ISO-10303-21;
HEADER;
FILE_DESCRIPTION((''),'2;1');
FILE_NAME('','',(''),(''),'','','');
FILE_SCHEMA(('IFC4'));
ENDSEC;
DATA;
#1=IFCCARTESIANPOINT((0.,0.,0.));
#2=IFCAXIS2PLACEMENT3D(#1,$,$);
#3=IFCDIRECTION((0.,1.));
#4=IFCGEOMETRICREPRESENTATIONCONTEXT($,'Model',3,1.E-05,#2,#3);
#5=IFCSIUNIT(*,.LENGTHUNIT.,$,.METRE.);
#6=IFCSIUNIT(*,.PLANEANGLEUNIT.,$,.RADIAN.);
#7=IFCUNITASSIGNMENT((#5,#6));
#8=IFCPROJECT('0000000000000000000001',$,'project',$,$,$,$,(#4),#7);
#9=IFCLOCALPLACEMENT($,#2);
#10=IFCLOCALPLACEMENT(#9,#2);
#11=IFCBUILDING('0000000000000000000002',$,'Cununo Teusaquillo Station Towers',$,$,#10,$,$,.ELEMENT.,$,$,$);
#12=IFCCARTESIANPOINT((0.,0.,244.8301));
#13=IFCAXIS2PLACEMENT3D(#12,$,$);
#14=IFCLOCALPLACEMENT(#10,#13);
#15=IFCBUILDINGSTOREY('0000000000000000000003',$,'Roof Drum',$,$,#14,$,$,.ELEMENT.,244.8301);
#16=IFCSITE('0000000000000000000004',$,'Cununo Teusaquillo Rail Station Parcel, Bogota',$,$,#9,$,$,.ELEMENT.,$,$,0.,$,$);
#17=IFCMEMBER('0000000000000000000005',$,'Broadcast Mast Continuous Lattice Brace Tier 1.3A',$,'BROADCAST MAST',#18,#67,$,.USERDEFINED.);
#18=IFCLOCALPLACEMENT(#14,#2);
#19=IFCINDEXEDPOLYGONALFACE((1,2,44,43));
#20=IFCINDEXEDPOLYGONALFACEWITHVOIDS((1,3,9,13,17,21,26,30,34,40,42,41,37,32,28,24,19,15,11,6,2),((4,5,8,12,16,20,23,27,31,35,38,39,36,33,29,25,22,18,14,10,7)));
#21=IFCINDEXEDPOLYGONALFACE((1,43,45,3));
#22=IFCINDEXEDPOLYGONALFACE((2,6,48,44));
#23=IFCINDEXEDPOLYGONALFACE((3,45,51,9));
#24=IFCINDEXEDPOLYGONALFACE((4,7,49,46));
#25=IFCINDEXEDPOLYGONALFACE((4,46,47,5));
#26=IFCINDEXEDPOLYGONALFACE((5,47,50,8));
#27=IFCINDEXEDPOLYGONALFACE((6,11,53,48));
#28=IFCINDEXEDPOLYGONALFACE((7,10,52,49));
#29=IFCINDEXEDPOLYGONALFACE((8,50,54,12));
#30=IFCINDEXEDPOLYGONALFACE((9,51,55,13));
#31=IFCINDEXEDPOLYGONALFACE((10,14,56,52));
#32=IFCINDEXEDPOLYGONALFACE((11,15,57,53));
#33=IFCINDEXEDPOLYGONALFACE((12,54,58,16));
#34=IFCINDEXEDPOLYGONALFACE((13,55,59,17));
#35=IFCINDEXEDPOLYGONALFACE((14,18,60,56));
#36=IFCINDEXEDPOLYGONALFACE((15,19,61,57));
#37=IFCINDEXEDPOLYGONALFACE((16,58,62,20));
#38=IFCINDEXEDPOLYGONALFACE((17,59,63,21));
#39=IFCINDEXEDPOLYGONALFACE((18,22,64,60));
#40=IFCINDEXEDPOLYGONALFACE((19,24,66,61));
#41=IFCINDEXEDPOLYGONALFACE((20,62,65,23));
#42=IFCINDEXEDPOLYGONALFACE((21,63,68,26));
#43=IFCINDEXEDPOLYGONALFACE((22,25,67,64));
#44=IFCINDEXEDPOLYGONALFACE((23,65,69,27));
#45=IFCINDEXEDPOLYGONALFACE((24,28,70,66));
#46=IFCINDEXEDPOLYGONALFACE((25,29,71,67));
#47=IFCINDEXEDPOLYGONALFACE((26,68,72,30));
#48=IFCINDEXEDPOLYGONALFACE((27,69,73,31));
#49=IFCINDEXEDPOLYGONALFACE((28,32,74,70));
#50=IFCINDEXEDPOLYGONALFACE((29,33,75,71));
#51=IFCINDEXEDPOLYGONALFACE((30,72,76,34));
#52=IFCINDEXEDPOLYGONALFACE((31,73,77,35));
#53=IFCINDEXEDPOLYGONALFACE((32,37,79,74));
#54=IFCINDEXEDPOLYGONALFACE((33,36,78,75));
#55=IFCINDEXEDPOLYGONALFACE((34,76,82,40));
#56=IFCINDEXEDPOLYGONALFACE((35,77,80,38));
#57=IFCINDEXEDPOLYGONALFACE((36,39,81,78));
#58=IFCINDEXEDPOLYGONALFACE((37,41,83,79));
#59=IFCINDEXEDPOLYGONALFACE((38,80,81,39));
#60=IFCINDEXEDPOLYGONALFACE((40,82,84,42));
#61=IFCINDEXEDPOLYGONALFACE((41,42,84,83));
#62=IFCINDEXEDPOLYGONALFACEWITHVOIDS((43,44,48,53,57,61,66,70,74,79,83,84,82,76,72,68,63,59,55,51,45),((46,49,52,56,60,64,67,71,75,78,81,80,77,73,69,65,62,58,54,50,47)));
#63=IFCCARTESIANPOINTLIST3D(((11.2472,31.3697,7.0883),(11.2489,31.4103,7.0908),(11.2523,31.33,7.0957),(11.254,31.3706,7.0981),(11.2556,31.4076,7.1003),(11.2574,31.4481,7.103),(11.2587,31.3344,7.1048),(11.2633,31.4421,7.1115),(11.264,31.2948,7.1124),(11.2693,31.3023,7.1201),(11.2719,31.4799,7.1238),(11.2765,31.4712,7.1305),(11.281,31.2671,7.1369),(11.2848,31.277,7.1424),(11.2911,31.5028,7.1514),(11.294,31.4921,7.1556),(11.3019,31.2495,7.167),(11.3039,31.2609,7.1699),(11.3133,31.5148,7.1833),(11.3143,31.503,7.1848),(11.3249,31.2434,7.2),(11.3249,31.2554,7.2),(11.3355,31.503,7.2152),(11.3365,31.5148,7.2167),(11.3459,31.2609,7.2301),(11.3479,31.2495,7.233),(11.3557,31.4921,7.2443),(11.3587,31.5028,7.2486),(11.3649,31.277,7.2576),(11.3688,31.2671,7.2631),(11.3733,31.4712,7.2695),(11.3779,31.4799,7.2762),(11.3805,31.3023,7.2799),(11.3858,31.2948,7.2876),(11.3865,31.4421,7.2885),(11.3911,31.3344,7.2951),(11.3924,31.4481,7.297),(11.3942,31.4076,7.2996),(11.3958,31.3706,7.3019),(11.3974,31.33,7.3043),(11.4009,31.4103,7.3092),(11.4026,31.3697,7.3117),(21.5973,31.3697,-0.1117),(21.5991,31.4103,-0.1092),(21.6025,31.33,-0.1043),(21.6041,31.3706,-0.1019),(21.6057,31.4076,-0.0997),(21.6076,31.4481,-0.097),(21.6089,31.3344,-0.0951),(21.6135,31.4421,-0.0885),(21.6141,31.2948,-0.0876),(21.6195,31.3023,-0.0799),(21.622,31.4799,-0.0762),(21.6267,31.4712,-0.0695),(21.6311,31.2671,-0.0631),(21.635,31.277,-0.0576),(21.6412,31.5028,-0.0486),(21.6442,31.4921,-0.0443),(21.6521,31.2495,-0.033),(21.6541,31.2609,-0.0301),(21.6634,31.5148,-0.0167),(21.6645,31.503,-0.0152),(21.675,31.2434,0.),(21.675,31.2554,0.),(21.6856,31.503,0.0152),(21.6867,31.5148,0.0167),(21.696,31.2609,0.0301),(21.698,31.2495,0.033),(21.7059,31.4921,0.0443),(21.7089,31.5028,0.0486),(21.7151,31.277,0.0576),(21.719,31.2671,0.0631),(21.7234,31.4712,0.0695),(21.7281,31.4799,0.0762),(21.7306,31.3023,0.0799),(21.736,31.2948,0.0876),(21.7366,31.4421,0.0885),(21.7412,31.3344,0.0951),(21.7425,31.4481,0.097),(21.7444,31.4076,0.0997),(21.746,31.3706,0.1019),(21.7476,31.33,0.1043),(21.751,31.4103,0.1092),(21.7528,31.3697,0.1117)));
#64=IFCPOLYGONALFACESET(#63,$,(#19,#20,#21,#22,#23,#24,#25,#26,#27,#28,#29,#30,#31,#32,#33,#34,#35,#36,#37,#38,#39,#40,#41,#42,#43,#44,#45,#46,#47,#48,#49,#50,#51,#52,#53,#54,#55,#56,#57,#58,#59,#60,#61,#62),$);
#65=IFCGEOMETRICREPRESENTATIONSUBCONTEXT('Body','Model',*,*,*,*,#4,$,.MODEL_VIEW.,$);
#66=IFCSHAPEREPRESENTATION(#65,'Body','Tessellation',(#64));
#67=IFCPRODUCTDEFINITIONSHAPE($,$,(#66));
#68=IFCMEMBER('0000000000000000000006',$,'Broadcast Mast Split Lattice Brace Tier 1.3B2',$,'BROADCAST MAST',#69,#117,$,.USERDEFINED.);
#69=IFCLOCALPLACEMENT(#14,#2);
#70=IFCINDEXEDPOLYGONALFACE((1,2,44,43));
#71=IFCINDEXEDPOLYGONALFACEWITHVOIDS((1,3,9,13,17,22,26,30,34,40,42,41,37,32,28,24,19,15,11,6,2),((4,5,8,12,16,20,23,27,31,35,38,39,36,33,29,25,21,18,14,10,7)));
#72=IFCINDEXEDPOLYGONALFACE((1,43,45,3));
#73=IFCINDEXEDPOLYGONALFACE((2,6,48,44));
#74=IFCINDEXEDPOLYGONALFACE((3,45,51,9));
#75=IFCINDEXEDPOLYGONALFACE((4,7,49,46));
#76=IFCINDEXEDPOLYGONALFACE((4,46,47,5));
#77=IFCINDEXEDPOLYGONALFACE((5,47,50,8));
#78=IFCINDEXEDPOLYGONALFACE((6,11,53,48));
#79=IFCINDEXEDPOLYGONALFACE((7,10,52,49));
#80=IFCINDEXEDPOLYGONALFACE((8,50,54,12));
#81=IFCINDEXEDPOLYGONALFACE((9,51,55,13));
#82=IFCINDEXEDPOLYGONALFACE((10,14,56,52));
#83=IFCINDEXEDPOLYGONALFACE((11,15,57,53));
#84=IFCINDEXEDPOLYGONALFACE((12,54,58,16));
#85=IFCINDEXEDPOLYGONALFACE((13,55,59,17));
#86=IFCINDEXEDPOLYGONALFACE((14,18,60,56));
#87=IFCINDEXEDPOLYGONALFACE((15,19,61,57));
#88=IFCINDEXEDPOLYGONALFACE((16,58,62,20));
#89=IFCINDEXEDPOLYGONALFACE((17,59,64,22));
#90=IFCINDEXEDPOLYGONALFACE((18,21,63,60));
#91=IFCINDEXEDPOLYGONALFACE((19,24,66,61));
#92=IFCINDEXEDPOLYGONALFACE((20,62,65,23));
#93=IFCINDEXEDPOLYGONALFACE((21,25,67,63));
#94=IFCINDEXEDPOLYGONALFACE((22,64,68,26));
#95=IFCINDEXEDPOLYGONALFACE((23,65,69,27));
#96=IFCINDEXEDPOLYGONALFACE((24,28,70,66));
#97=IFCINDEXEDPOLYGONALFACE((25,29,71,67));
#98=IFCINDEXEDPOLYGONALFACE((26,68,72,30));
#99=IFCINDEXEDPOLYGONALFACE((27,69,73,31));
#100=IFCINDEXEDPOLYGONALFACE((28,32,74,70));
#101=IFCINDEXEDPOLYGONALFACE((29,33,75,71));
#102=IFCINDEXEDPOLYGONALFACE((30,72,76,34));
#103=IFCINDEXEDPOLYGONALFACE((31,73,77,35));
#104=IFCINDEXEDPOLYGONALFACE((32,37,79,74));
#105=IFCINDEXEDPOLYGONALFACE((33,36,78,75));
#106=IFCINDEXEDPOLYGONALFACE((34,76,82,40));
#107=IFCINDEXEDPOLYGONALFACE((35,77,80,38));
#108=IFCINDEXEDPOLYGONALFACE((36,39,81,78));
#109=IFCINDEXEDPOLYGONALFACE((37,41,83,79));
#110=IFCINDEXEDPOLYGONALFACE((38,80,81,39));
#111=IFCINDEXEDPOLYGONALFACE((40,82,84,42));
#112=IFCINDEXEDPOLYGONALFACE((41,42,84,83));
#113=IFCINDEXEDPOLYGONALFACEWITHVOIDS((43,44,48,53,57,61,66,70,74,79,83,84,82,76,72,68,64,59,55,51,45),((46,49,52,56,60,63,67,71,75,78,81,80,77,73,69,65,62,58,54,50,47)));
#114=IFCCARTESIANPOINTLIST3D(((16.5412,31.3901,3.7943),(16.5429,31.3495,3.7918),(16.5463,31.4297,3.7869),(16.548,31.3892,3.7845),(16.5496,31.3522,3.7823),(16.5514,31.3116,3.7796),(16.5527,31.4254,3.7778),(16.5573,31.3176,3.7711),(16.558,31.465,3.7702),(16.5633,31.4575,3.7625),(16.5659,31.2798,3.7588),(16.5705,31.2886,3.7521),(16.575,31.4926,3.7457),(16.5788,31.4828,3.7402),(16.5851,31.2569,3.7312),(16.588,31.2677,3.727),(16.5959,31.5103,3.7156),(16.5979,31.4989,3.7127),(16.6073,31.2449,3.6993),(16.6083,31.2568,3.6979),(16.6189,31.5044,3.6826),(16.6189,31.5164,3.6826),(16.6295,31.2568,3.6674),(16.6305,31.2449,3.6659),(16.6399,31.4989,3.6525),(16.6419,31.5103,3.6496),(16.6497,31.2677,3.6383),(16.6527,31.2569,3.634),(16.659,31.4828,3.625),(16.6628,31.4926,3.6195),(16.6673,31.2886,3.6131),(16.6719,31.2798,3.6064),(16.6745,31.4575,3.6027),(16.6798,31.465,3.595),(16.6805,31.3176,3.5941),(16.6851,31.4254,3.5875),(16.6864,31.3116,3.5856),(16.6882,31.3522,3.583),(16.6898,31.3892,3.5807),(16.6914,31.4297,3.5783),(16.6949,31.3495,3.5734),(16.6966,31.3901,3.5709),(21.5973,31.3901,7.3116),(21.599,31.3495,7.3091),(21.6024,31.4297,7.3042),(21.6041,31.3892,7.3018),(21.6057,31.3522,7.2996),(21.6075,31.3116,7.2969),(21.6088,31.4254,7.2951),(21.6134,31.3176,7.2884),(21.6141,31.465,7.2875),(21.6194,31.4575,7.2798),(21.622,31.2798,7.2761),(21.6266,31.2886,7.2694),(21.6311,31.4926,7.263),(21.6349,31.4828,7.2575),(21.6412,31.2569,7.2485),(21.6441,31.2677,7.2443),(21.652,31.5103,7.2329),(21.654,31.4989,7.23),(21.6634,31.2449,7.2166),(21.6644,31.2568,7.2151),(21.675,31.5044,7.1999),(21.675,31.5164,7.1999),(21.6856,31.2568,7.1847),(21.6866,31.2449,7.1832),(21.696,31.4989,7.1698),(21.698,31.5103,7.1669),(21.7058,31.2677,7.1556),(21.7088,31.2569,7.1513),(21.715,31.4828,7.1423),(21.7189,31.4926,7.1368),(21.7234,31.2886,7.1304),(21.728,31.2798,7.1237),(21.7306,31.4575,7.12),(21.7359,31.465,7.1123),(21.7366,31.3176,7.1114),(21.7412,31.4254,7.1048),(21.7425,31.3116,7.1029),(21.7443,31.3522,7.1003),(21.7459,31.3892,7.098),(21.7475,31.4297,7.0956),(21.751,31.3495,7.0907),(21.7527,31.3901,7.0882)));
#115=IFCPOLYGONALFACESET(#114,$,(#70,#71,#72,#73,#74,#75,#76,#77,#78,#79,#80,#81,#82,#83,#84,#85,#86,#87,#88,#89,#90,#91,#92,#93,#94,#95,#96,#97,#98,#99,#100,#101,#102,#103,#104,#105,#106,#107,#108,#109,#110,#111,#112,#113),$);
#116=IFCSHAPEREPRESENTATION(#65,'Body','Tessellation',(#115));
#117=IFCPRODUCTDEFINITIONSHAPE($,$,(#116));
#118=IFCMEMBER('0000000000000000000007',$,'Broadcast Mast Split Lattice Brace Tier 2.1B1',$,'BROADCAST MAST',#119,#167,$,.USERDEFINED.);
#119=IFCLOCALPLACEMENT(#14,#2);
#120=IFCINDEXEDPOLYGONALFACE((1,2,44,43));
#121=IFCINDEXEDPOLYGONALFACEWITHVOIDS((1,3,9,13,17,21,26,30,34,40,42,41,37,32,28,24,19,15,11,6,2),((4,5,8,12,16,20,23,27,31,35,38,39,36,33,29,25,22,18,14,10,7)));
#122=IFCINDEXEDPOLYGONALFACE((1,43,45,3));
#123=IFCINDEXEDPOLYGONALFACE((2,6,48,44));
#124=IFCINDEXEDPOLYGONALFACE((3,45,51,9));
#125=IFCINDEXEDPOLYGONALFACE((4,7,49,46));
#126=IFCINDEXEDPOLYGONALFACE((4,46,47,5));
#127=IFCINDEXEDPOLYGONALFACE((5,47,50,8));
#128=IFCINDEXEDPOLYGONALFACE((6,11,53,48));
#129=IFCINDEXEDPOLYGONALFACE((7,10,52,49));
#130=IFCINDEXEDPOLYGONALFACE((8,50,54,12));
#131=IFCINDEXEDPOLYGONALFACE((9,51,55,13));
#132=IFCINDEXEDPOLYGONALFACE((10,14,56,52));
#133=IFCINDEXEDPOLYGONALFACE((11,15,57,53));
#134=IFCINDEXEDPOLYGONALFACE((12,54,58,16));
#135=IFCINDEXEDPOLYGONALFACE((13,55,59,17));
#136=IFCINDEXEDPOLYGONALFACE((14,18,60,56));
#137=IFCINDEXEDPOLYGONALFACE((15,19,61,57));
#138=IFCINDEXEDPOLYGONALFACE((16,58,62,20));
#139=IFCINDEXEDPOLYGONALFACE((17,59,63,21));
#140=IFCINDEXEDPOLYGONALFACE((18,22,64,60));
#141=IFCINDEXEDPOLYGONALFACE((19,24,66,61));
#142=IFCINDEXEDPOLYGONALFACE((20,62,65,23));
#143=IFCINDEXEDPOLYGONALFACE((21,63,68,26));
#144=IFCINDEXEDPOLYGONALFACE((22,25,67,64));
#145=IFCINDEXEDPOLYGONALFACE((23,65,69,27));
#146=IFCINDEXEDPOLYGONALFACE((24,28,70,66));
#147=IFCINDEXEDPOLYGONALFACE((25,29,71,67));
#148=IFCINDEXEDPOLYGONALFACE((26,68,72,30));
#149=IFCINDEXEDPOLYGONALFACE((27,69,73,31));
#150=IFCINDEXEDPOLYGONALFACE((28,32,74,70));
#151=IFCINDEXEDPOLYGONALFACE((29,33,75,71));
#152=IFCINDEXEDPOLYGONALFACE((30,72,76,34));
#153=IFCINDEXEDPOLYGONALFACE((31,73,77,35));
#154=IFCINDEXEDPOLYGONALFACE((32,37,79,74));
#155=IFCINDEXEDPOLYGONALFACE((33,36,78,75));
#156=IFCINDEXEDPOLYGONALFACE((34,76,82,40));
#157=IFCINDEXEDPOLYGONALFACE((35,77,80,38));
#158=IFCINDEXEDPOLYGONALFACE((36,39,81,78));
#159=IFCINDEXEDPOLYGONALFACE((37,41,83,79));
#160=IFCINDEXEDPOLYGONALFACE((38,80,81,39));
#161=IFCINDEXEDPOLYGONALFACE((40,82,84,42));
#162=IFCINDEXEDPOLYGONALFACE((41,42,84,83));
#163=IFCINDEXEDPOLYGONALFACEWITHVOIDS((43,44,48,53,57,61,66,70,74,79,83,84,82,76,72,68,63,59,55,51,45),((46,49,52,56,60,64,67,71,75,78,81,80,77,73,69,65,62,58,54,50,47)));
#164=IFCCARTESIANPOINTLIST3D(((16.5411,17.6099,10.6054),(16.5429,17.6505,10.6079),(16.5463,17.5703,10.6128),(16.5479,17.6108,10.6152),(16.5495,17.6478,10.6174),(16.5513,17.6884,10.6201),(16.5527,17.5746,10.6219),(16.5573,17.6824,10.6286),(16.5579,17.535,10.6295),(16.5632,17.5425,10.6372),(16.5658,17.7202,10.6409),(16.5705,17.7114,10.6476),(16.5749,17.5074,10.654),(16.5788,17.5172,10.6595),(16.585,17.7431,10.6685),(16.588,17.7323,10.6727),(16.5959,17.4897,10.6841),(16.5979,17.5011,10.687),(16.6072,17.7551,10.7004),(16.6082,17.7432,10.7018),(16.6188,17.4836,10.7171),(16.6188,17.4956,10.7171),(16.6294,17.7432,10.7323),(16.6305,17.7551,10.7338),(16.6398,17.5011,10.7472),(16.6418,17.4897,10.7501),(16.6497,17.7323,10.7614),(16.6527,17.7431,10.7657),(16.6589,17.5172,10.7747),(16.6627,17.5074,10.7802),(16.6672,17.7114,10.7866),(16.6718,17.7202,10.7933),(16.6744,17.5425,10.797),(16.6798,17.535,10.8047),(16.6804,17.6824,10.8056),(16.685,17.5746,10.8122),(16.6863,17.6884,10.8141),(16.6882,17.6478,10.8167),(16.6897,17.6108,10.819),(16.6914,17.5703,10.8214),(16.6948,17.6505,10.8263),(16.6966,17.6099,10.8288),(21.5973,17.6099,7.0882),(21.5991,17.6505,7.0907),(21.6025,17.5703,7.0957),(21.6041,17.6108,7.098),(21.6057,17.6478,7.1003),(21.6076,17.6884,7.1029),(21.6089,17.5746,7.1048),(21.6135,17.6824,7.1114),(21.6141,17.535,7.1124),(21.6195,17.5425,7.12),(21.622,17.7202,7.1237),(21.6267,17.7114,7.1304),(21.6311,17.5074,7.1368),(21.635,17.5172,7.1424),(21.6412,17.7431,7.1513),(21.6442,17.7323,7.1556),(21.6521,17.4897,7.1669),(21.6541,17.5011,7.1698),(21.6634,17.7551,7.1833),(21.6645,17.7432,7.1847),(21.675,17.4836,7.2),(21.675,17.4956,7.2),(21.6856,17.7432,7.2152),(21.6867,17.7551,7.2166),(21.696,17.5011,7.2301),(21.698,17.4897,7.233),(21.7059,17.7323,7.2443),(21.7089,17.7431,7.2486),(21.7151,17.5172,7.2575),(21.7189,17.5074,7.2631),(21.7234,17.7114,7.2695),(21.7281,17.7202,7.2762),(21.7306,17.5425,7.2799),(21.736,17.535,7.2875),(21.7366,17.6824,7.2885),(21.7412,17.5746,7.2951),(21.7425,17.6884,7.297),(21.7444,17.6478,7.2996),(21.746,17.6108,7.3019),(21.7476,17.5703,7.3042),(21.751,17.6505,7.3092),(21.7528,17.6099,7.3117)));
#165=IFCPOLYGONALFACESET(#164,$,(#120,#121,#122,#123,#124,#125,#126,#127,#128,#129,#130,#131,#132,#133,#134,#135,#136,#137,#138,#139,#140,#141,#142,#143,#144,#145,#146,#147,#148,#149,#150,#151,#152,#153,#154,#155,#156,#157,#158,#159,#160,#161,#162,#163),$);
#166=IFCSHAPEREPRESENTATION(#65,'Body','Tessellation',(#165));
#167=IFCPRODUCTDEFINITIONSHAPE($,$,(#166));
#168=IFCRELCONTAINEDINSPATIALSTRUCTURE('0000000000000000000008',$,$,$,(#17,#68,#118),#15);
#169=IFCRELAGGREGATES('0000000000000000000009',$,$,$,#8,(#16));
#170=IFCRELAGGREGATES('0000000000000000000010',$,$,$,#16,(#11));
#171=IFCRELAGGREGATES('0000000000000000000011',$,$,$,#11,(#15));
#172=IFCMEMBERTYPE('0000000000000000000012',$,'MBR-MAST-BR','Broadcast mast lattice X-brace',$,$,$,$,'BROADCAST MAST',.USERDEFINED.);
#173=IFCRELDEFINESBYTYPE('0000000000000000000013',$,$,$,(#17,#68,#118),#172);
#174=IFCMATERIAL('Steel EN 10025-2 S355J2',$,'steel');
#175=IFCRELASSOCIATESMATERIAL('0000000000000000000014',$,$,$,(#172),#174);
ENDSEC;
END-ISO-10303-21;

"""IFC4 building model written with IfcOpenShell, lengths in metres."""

from ifc_helpers import new_model, si_unit, direction, frame, origin, origin_2d, place, context, subcontext, project, spatial, hollow_circle, extrude, material, material_profile, profile_set, type_object, element, save


model = new_model("IFC4")

# Units and contexts
model_context = context("Model", 3, precision=1e-05, world=origin(), true_north=direction((0.0, 1.0)))
body_context = subcontext(model_context, "Body", "Model", "MODEL_VIEW")
ifc_project = project(units=[si_unit("LENGTHUNIT", "METRE"), si_unit("PLANEANGLEUNIT", "RADIAN")], contexts=[model_context])

# Site, building, storey
site_placement = place(None, origin())
site = spatial("IfcSite", under=ifc_project, at=site_placement, Name="Cununo Teusaquillo Rail Station Parcel, Bogota", CompositionType="ELEMENT", RefElevation=0.0)
building_placement = place(site_placement, origin())
building = spatial("IfcBuilding", under=site, at=building_placement, Name="Cununo Teusaquillo Station Towers", CompositionType="ELEMENT")
storey_placement = place(building_placement, frame((0.0, 0.0, 244.8301)))
storey = spatial("IfcBuildingStorey", under=building, at=storey_placement, Name="Roof Drum", CompositionType="ELEMENT", Elevation=244.8301)

# Members
ifc_material_1 = material(Name="Steel EN 10025-2 S355J2", Category="steel")
ifc_material_profile_1 = material_profile(ifc_material_1, hollow_circle(Radius=0.1365, WallThickness=0.012, at=origin_2d()), Name="CHS 273x12")
ifc_profile_set_1 = profile_set([ifc_material_profile_1], Name="Steel EN 10025-2 S355J2")
member_type = type_object("IfcMemberType", Name="MBR-MAST-BR", Description="Broadcast mast lattice X-brace", ElementType="BROADCAST MAST", PredefinedType="USERDEFINED", material=ifc_profile_set_1)
member_1_placement = place(storey_placement, frame((21.675, 31.3799, 0.0), z_axis=(-0.82091, 0.0, 0.571058), x_axis=(0.0, -1.0, 0.0)))
element("IfcMember", 1, at=member_1_placement, inside=storey, type_object=member_type, Name="Broadcast Mast Continuous Lattice Brace Tier 1.3A", ObjectType="BROADCAST MAST", PredefinedType="USERDEFINED", context=body_context, shape_type="SweptSolid", body=[
    extrude(hollow_circle(Radius=0.1365, WallThickness=0.012, at=origin_2d()), origin(), (0.0, 0.0, 1.0), 12.6082),
])
for number, where, z_axis, x_axis, name in (
    (2, (16.6189, 31.3799, 3.6826), (0.820904, 0.0, 0.571066), (0.0, 1.0, 0.0), "Broadcast Mast Split Lattice Brace Tier 1.3B2"),
    (3, (21.675, 17.6201, 7.2), (-0.820923, 0.0, 0.571039), (0.0, -1.0, 0.0), "Broadcast Mast Split Lattice Brace Tier 2.1B1"),
):
    element("IfcMember", number, at=place(storey_placement, frame(where, z_axis=z_axis, x_axis=x_axis)), inside=storey, type_object=member_type, Name=name, ObjectType="BROADCAST MAST", PredefinedType="USERDEFINED", context=body_context, shape_type="SweptSolid", body=[
        extrude(hollow_circle(Radius=0.1365, WallThickness=0.012, at=origin_2d()), origin(), (0.0, 0.0, 1.0), 6.1592),
    ])

save(model, "model.ifc")
